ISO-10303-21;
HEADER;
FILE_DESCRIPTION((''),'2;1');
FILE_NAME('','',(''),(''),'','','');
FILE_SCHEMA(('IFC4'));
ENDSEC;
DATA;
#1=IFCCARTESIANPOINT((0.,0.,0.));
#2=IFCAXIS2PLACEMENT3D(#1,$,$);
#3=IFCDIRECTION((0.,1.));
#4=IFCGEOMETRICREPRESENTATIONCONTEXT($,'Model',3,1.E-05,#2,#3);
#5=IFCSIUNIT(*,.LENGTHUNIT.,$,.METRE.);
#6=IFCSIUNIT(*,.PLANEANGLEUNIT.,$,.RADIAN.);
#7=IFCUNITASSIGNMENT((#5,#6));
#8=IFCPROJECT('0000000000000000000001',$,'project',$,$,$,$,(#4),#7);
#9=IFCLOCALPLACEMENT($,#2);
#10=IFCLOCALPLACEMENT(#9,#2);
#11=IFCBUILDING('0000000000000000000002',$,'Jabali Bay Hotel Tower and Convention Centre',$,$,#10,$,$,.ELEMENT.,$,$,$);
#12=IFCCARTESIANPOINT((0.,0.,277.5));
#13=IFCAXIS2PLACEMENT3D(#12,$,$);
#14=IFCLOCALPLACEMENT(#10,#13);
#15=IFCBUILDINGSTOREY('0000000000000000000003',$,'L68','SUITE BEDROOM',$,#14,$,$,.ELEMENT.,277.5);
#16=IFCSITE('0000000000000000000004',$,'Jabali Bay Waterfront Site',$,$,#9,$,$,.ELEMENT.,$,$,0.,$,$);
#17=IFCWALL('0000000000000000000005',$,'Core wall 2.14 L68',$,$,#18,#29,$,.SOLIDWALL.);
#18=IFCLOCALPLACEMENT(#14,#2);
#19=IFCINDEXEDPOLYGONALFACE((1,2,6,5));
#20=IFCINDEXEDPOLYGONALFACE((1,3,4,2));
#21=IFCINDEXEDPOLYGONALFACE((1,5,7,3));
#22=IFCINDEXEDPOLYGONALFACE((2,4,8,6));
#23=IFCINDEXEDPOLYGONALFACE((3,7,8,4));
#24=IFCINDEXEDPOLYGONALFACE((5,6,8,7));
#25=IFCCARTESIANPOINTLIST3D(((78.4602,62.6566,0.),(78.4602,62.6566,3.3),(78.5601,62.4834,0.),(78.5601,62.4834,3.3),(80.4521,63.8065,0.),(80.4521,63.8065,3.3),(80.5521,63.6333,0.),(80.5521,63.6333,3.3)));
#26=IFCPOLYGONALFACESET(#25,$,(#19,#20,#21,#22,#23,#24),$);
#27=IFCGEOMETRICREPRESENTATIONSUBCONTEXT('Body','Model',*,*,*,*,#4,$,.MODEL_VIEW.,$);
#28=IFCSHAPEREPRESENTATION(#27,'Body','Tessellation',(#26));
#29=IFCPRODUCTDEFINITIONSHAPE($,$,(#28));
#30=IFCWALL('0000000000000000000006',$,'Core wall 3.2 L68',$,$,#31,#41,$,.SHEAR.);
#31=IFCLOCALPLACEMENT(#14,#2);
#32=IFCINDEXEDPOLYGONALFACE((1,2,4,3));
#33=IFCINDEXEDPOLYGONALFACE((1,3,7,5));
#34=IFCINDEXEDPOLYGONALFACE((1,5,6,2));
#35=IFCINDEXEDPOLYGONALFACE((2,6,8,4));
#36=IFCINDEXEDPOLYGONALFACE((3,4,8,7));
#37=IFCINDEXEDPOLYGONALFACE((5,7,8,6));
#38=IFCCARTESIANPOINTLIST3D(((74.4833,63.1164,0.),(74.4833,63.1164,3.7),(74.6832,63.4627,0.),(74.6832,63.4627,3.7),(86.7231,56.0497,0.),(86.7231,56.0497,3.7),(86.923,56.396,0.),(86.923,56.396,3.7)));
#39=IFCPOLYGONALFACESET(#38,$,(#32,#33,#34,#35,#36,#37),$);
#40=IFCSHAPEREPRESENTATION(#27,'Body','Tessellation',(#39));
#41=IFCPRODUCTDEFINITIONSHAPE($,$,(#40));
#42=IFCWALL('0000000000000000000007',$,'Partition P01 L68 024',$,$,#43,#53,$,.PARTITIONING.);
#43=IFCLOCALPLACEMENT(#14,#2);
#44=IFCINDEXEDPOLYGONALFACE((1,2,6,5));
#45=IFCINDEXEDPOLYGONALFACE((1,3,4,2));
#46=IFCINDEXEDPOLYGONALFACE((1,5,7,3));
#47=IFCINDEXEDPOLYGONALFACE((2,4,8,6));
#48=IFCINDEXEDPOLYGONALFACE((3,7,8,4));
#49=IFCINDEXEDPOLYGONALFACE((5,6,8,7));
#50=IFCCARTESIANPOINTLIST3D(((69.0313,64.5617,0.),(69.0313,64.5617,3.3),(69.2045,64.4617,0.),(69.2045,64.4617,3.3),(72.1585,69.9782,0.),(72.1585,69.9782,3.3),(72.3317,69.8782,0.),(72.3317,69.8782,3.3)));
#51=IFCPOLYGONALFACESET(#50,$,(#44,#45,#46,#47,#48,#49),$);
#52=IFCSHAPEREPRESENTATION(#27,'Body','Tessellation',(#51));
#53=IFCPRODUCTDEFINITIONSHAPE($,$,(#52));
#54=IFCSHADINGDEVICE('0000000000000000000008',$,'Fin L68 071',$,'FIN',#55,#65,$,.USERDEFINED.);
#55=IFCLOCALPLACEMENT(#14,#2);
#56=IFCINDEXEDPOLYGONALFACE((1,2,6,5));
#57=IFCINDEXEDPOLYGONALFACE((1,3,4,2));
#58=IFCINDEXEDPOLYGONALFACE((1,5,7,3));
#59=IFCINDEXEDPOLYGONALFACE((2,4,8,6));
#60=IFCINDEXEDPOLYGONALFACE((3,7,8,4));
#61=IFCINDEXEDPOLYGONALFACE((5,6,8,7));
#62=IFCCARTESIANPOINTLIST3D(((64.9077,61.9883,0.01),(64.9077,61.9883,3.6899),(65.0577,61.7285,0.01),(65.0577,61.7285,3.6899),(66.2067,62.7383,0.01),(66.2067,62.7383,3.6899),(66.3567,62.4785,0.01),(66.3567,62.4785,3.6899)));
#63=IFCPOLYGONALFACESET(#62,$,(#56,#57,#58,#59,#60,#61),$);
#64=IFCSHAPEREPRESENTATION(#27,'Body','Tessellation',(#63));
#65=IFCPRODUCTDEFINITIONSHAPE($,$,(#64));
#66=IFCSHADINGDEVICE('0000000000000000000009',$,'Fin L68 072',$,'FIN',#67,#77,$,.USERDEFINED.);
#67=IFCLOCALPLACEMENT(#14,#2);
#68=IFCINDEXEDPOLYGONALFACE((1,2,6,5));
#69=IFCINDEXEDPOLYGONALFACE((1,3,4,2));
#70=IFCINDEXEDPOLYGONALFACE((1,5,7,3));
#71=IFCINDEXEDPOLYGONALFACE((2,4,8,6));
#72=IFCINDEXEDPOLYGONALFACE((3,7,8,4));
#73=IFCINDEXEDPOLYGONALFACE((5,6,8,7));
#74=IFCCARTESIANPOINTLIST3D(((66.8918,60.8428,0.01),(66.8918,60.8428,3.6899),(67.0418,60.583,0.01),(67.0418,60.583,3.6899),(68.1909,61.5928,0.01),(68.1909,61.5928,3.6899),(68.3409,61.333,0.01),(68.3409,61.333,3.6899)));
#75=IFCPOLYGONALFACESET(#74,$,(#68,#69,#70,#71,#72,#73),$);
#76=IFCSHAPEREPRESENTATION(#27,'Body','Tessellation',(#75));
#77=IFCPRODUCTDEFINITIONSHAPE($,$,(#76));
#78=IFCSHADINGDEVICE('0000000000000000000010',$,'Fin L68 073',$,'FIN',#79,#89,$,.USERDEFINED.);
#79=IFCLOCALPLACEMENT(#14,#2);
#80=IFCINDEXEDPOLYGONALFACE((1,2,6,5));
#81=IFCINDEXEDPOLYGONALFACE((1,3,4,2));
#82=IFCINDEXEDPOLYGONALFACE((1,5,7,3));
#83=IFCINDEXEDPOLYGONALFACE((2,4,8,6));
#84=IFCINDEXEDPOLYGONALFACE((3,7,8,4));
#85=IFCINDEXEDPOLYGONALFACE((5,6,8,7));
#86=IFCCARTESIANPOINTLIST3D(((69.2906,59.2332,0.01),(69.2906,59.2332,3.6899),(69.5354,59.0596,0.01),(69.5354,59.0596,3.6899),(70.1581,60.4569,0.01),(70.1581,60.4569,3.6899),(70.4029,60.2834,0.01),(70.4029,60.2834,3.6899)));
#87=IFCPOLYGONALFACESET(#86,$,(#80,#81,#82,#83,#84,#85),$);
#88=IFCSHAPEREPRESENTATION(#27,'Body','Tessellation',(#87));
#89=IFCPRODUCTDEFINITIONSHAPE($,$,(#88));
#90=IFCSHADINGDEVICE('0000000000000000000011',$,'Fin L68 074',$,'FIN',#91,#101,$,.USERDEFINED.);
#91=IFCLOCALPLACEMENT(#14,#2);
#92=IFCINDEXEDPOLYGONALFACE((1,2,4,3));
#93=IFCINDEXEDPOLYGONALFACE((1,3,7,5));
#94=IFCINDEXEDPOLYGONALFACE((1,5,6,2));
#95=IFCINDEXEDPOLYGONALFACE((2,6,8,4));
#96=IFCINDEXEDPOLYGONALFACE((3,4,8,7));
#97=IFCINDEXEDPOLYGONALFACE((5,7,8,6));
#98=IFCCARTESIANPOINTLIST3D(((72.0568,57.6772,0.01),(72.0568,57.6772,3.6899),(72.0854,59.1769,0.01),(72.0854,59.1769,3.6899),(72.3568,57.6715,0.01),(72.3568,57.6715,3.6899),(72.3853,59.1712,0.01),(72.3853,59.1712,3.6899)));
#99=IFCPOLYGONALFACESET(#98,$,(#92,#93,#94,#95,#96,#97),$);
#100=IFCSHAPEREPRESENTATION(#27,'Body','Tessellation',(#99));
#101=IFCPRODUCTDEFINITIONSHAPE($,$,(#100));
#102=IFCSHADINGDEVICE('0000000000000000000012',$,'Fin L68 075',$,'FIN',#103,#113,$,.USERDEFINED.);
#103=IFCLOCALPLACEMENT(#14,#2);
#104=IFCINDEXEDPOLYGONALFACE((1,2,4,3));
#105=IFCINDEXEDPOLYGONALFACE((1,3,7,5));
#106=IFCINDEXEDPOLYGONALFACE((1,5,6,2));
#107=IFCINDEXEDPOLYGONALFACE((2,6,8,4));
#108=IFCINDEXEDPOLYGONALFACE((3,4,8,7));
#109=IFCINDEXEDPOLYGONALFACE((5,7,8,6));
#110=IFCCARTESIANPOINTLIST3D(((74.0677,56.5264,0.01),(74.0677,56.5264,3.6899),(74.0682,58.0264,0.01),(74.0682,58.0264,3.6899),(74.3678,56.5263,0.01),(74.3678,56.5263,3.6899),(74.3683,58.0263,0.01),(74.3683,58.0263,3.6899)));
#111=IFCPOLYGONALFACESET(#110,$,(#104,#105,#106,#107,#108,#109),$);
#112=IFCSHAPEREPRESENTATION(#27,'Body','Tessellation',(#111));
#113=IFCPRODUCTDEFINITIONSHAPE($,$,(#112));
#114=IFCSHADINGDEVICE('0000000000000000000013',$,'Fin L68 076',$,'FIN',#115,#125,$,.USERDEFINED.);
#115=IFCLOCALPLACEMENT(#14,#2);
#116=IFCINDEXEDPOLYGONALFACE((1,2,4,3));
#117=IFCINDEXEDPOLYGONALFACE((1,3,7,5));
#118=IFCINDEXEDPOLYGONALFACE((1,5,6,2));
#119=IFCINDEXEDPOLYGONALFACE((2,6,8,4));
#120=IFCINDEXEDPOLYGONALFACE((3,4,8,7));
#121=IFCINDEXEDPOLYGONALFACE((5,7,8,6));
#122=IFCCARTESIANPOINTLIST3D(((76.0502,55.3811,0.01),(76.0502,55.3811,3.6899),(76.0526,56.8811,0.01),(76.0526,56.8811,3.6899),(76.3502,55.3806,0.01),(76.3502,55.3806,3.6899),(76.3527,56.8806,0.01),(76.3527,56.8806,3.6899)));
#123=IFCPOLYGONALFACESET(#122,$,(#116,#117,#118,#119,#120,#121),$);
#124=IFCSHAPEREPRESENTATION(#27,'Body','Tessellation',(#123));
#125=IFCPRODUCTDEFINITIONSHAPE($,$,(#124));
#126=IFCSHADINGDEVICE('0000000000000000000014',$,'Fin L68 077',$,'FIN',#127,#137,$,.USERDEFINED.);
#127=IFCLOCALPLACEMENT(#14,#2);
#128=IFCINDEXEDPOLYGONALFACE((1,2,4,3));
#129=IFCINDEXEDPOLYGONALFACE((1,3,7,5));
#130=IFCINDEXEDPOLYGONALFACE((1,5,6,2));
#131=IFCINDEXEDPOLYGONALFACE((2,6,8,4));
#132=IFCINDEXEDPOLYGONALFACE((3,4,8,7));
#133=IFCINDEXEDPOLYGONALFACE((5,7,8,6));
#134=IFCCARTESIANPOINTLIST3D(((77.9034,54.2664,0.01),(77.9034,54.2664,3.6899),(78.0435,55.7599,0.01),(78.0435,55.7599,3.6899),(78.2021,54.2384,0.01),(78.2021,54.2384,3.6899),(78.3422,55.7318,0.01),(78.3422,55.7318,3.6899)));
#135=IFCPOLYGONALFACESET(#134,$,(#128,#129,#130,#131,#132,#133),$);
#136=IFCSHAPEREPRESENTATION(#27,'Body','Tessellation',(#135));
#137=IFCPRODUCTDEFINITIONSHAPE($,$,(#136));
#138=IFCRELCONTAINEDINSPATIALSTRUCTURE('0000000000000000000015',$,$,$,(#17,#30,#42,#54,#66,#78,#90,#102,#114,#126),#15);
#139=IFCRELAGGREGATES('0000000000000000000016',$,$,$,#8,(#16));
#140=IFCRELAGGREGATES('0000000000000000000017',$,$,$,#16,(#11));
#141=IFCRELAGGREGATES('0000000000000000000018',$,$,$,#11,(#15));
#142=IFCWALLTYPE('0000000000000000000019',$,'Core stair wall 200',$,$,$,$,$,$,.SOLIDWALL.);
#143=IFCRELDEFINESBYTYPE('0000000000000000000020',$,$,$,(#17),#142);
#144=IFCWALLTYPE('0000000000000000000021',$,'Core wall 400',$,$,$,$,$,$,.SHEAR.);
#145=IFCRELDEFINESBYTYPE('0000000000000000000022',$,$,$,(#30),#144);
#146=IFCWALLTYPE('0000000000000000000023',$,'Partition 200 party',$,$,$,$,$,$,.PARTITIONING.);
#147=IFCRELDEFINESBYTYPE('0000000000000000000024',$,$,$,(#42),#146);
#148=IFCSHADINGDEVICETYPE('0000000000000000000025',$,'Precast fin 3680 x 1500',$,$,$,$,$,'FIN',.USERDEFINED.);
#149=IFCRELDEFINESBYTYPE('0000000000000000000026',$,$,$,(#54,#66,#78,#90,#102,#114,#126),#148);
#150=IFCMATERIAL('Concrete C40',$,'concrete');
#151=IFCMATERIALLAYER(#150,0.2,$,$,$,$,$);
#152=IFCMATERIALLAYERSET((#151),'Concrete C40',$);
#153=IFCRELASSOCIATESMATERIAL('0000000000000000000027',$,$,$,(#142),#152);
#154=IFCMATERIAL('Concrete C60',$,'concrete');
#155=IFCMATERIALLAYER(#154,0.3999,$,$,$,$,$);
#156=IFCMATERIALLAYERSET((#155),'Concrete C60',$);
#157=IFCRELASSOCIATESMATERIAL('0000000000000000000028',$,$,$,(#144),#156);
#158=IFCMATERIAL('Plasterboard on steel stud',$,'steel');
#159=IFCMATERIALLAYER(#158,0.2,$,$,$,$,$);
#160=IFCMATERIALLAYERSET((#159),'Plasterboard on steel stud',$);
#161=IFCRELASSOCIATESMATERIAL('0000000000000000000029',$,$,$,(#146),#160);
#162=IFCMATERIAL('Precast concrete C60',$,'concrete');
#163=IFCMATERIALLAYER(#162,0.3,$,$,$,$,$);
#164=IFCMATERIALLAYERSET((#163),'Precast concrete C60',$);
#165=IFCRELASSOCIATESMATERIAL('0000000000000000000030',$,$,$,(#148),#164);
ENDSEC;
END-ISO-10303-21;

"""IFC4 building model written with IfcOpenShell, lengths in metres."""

from ifc_helpers import new_model, si_unit, direction, frame, frame_2d, origin, place, context, subcontext, project, spatial, rectangle, extrude, material, layer, layer_set, type_object, element, save


model = new_model("IFC4")

# Units and contexts
model_context = context("Model", 3, precision=1e-05, world=origin(), true_north=direction((0.0, 1.0)))
body_context = subcontext(model_context, "Body", "Model", "MODEL_VIEW")
ifc_project = project(units=[si_unit("LENGTHUNIT", "METRE"), si_unit("PLANEANGLEUNIT", "RADIAN")], contexts=[model_context])

# Site, building, storey
site_placement = place(None, origin())
site = spatial("IfcSite", under=ifc_project, at=site_placement, Name="Jabali Bay Waterfront Site", CompositionType="ELEMENT", RefElevation=0.0)
building_placement = place(site_placement, origin())
building = spatial("IfcBuilding", under=site, at=building_placement, Name="Jabali Bay Hotel Tower and Convention Centre", CompositionType="ELEMENT")
storey_placement = place(building_placement, frame((0.0, 0.0, 277.5)))
storey = spatial("IfcBuildingStorey", under=building, at=storey_placement, Name="L68", Description="SUITE BEDROOM", CompositionType="ELEMENT", Elevation=277.5)

# Shared definitions
ifc_material_1 = material(Name="Concrete C60", Category="concrete")

# Shared definitions
ifc_material_2 = material(Name="Concrete C40", Category="concrete")

# Shared definitions
ifc_layer_1 = layer(ifc_material_2, 0.2)
ifc_layer_set_1 = layer_set([ifc_layer_1], Name="Concrete C40")
wall_type_1 = type_object("IfcWallType", Name="Core stair wall 200", PredefinedType="SOLIDWALL", material=ifc_layer_set_1)

# Walls
wall_1_placement = place(storey_placement, frame((78.5103, 62.5701, 0.0), z_axis=(0.0, 0.0, 1.0), x_axis=(0.866053, 0.499952, 0.0)))
element("IfcWall", 1, at=wall_1_placement, inside=storey, type_object=wall_type_1, Name="Core wall 2.14 L68", PredefinedType="SOLIDWALL", context=body_context, shape_type="SweptSolid", body=[
    extrude(rectangle(XDim=2.3, YDim=0.2, at=frame_2d((1.1499, 0.0))), origin(), (0.0, 0.0, 1.0), 3.3),
])
ifc_layer_2 = layer(ifc_material_1, 0.3999)
ifc_layer_set_2 = layer_set([ifc_layer_2], Name="Concrete C60")
wall_type_2 = type_object("IfcWallType", Name="Core wall 400", PredefinedType="SHEAR", material=ifc_layer_set_2)
wall_2_placement = place(storey_placement, frame((74.5833, 63.2896, 0.0), z_axis=(0.0, 0.0, 1.0), x_axis=(0.866024, -0.500002, 0.0)))
element("IfcWall", 2, at=wall_2_placement, inside=storey, type_object=wall_type_2, Name="Core wall 3.2 L68", PredefinedType="SHEAR", context=body_context, shape_type="SweptSolid", body=[
    extrude(rectangle(XDim=14.1333, YDim=0.3999, at=frame_2d((7.0667, 0.0))), origin(), (0.0, 0.0, 1.0), 3.7),
])
ifc_material_3 = material(Name="Plasterboard on steel stud", Category="steel")
ifc_layer_3 = layer(ifc_material_3, 0.2)
ifc_layer_set_3 = layer_set([ifc_layer_3], Name="Plasterboard on steel stud")
wall_type_3 = type_object("IfcWallType", Name="Partition 200 party", PredefinedType="PARTITIONING", material=ifc_layer_set_3)
wall_3_placement = place(storey_placement, frame((69.1179, 64.5117, 0.0), z_axis=(0.0, 0.0, 1.0), x_axis=(0.499997, 0.866027, 0.0)))
element("IfcWall", 3, at=wall_3_placement, inside=storey, type_object=wall_type_3, Name="Partition P01 L68 024", PredefinedType="PARTITIONING", context=body_context, shape_type="SweptSolid", body=[
    extrude(rectangle(XDim=6.2544, YDim=0.2, at=frame_2d((3.1272, 0.0))), origin(), (0.0, 0.0, 1.0), 3.3),
])

# Shading devices
ifc_material_4 = material(Name="Precast concrete C60", Category="concrete")
ifc_layer_4 = layer(ifc_material_4, 0.3)
ifc_layer_set_4 = layer_set([ifc_layer_4], Name="Precast concrete C60")
shading_device_type = type_object("IfcShadingDeviceType", Name="Precast fin 3680 x 1500", ElementType="FIN", PredefinedType="USERDEFINED", material=ifc_layer_set_4)
for number, where, z_axis, x_axis, name in (
    (4, (66.2817, 62.6084, 0.01), (0.0, 0.0, 1.0), (-0.866031, -0.49999, 0.0), "Fin L68 071"),
    (5, (68.2659, 61.4629, 0.01), (0.0, 0.0, 1.0), (-0.866031, -0.49999, 0.0), "Fin L68 072"),
    (6, (70.2805, 60.3701, 0.01), (0.0, 0.0, 1.0), (-0.578324, -0.815807, 0.0), "Fin L68 073"),
    (7, (72.2354, 59.1741, 0.01), (0.0, 0.0, 1.0), (-0.019043, -0.999819, 0.0), "Fin L68 074"),
    (8, (74.2183, 58.0264, 0.01), (0.0, 0.0, 1.0), (-0.000326, -1.0, 0.0), "Fin L68 075"),
    (9, (76.2026, 56.8809, 0.01), (0.0, 0.0, 1.0), (-0.001628, -0.999999, 0.0), "Fin L68 076"),
    (10, (78.1929, 55.7458, 0.01), (0.0, 0.0, 1.0), (-0.093426, -0.995626, 0.0), "Fin L68 077"),
):
    element("IfcShadingDevice", number, at=place(storey_placement, frame(where, z_axis=z_axis, x_axis=x_axis)), inside=storey, type_object=shading_device_type, Name=name, ObjectType="FIN", PredefinedType="USERDEFINED", context=body_context, shape_type="SweptSolid", body=[
        extrude(rectangle(XDim=1.5, YDim=0.3, at=frame_2d((0.75, 0.0))), origin(), (0.0, 0.0, 1.0), 3.6799),
    ])

save(model, "model.ifc")
